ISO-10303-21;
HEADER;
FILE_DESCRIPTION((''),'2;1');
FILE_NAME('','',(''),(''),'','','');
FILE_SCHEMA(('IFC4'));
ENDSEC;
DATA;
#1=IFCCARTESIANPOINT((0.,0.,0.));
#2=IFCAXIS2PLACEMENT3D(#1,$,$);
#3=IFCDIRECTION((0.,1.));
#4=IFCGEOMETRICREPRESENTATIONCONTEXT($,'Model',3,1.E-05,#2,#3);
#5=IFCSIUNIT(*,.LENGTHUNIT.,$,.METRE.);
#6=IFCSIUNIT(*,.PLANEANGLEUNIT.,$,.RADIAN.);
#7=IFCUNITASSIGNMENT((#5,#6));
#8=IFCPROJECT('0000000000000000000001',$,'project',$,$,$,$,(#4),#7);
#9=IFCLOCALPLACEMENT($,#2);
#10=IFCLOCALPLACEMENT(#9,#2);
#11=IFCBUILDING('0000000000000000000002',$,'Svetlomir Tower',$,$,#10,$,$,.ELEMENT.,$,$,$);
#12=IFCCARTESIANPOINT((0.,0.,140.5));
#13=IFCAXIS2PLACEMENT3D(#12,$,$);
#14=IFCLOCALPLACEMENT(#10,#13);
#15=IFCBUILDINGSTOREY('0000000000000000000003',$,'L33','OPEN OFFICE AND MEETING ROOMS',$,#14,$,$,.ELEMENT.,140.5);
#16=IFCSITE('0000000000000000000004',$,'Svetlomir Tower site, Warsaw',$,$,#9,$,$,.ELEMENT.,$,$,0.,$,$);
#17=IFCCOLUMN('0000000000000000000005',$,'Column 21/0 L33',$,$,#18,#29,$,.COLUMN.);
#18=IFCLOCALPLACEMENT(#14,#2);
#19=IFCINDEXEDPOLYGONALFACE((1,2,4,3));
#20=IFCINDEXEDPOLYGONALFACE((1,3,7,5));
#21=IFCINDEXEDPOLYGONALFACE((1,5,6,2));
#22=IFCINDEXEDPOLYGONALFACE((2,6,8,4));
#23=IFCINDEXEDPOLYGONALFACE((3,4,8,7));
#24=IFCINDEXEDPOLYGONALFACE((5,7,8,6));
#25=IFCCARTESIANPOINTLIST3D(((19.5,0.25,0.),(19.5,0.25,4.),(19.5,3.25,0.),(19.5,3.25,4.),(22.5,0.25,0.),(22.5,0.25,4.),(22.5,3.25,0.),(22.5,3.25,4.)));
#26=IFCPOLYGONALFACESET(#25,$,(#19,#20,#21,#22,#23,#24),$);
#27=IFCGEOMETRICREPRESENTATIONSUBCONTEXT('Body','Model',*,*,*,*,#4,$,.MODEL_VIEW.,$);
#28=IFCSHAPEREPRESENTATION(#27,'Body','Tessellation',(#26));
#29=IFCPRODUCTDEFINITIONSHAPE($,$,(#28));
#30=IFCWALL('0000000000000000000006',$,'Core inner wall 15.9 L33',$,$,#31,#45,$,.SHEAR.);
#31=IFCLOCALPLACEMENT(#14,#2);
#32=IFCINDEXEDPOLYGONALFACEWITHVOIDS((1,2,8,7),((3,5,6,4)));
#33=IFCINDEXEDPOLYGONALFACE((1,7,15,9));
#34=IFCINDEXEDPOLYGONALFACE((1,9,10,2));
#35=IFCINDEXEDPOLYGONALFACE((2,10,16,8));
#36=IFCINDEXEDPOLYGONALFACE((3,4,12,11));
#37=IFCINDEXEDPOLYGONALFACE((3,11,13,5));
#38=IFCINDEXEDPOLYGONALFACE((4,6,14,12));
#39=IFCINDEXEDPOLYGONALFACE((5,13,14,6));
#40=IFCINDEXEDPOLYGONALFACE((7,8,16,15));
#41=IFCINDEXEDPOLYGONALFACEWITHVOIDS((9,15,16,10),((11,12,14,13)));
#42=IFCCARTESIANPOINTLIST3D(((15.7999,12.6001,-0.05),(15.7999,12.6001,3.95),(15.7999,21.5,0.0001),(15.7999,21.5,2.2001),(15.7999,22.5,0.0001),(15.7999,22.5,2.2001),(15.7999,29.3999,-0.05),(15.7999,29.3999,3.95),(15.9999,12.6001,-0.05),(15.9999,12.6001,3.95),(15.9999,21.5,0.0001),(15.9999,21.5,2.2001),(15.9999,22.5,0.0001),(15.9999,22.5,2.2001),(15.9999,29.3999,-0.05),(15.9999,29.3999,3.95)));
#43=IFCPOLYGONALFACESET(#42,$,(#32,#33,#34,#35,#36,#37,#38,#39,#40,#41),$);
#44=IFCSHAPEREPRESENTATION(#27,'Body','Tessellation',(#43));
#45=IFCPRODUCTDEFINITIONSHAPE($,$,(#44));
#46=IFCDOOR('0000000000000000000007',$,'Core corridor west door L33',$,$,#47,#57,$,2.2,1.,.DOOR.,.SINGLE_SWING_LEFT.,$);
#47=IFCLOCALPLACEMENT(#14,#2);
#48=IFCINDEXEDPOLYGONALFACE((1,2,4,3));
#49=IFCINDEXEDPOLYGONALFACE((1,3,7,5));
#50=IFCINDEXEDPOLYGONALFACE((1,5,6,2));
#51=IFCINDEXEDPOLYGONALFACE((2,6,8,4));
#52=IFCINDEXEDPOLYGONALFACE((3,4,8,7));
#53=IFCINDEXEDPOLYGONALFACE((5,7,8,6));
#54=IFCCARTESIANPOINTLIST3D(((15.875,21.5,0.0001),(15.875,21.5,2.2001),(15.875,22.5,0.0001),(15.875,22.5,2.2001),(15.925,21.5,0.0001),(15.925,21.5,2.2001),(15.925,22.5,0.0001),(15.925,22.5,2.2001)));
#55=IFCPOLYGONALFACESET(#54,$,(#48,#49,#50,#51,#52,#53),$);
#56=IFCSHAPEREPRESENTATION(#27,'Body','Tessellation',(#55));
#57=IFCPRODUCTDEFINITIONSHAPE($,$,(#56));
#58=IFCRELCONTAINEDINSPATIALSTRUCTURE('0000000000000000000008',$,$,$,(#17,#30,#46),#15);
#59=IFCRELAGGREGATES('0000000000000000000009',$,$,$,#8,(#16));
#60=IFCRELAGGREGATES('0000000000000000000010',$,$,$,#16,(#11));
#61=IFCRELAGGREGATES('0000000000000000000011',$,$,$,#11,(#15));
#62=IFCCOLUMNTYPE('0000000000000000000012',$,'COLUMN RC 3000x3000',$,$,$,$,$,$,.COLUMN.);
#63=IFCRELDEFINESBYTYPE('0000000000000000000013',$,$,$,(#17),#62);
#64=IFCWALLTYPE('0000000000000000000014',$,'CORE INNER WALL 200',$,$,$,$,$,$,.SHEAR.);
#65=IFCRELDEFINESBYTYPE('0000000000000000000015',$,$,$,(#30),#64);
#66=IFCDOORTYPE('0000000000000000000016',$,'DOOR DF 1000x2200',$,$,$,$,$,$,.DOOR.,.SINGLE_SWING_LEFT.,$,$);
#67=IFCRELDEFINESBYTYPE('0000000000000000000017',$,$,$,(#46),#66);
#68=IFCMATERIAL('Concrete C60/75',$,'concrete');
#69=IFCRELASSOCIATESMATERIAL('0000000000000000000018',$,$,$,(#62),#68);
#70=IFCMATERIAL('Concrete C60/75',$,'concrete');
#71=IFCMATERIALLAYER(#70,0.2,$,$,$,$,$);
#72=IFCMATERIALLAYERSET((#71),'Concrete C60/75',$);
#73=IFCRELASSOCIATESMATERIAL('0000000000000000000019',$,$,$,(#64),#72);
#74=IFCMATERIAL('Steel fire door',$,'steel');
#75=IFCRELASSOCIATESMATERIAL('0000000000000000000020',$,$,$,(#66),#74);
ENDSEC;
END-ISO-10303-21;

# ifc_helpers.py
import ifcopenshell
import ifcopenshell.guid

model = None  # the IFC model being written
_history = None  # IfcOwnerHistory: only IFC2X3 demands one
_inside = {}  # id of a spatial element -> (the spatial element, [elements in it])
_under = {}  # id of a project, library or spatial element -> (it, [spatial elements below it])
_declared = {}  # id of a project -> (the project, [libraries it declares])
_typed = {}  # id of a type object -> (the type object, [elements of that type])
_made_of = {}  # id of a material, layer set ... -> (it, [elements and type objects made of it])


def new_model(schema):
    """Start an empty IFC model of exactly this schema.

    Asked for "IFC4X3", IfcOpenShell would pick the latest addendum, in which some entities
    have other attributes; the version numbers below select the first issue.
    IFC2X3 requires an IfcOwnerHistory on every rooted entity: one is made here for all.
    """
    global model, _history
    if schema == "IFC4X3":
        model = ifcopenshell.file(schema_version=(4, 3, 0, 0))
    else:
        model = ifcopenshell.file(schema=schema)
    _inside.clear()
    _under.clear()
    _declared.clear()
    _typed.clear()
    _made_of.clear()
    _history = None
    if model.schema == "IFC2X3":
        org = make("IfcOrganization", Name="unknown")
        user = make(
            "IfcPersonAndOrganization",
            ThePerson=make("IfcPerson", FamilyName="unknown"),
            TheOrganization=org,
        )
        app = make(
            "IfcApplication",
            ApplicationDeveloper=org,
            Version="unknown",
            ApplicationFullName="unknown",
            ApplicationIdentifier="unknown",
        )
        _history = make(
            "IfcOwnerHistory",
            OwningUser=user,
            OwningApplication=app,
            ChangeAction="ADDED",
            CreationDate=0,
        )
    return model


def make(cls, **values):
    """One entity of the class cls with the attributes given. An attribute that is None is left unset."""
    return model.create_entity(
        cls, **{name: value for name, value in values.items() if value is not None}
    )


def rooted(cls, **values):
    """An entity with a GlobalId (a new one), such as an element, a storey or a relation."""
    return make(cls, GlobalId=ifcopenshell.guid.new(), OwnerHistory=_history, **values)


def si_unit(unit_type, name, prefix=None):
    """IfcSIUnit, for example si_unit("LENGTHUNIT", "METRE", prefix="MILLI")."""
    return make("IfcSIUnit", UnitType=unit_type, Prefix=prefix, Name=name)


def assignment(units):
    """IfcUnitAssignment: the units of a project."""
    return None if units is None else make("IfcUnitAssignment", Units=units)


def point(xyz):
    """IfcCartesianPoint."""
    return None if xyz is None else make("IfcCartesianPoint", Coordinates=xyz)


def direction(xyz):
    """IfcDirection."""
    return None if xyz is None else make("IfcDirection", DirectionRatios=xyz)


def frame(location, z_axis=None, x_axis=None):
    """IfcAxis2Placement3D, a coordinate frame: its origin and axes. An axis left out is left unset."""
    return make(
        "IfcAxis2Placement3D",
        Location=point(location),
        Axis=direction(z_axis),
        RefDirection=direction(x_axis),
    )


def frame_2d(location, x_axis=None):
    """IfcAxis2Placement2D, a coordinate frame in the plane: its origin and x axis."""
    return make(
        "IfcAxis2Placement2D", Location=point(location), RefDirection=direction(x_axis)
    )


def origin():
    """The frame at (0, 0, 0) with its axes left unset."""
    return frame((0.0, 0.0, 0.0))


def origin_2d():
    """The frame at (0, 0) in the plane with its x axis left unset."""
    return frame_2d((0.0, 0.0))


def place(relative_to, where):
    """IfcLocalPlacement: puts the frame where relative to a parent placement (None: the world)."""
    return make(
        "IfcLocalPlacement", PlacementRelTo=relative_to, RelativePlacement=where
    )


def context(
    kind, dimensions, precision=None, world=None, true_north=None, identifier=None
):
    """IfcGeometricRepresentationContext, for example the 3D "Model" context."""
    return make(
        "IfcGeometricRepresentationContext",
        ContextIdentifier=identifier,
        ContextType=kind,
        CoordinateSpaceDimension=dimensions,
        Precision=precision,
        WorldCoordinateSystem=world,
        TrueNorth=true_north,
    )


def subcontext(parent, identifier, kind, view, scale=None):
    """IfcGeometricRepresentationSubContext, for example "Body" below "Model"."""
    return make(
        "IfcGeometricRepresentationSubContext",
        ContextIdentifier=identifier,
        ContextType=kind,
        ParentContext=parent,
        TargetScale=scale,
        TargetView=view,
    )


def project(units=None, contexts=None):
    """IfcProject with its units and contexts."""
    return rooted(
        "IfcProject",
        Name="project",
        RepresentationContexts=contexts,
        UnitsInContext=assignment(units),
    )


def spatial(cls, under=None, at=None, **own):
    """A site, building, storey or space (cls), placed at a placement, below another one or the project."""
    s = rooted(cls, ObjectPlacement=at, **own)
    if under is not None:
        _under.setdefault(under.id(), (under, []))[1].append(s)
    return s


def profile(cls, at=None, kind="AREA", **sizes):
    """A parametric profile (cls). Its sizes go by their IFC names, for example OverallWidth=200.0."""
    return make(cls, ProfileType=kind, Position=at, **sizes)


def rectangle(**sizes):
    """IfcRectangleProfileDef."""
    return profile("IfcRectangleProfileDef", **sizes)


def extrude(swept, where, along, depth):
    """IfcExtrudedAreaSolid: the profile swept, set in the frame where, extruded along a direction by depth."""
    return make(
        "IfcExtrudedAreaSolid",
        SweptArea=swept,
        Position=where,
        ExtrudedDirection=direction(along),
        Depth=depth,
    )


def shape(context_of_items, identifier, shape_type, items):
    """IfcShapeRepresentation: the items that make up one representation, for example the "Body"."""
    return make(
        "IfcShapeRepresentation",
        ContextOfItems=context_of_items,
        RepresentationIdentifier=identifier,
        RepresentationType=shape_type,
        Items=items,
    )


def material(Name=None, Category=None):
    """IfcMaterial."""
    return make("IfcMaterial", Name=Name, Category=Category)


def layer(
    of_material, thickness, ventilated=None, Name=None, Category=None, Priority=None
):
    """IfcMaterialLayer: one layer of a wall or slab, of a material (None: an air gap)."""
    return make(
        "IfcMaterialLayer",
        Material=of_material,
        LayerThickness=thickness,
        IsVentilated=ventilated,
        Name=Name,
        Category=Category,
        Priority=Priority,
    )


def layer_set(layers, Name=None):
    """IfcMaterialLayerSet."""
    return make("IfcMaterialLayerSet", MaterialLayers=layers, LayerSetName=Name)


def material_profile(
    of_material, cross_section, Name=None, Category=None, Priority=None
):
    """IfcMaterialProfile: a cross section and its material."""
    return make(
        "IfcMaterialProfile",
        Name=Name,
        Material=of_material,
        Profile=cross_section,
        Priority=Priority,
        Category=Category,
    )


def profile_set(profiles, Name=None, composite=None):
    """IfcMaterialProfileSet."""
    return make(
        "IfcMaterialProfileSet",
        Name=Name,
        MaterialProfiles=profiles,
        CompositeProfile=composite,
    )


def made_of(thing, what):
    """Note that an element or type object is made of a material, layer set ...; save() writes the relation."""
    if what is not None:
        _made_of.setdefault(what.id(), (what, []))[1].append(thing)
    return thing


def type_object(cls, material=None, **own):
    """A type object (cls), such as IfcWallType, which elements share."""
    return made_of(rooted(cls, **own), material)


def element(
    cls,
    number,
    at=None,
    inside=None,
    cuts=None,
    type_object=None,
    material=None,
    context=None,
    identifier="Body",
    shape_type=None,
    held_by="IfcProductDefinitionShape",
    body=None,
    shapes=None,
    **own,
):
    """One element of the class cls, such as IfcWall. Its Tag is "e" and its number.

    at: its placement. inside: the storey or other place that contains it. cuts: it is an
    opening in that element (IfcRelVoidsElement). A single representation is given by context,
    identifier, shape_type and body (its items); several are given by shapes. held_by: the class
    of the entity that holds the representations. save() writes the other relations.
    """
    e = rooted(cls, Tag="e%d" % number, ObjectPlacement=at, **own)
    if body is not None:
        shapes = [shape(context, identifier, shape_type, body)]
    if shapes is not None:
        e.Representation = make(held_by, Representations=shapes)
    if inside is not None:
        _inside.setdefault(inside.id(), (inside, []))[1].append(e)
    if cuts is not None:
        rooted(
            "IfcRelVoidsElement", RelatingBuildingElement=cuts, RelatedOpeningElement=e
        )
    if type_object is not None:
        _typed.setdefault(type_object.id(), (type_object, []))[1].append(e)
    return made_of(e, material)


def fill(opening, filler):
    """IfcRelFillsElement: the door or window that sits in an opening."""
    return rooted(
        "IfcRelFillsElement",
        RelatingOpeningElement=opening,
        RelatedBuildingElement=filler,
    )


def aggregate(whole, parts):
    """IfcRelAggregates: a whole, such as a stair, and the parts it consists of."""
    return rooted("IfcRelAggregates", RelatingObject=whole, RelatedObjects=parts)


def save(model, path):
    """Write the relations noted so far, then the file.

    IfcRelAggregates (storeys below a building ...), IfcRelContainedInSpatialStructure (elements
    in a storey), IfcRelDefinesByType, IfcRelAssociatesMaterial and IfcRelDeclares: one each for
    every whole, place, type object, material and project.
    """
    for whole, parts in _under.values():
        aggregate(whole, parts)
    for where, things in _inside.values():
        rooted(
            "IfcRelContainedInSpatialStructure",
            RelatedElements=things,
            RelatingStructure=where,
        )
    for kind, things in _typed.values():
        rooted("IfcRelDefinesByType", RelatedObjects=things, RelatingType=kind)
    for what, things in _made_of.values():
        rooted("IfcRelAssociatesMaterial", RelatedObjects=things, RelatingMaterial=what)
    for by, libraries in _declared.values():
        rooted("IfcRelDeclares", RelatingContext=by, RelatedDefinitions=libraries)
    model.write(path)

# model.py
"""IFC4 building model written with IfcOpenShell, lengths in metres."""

from ifc_helpers import new_model, si_unit, direction, frame, frame_2d, origin, origin_2d, place, context, subcontext, project, spatial, rectangle, extrude, material, layer, layer_set, material_profile, profile_set, type_object, element, fill, save


model = new_model("IFC4")

# Units and contexts
model_context = context("Model", 3, precision=1e-05, world=origin(), true_north=direction((0.0, 1.0)))
body_context = subcontext(model_context, "Body", "Model", "MODEL_VIEW")
ifc_project = project(units=[si_unit("LENGTHUNIT", "METRE"), si_unit("PLANEANGLEUNIT", "RADIAN")], contexts=[model_context])

# Site, building, storey
site_placement = place(None, origin())
site = spatial("IfcSite", under=ifc_project, at=site_placement, Name="Svetlomir Tower site, Warsaw", CompositionType="ELEMENT", RefElevation=0.0)
building_placement = place(site_placement, origin())
building = spatial("IfcBuilding", under=site, at=building_placement, Name="Svetlomir Tower", CompositionType="ELEMENT")
storey_placement = place(building_placement, frame((0.0, 0.0, 140.5)))
storey = spatial("IfcBuildingStorey", under=building, at=storey_placement, Name="L33", Description="OPEN OFFICE AND MEETING ROOMS", CompositionType="ELEMENT", Elevation=140.5)

# Column
ifc_material_1 = material(Name="Concrete C60/75", Category="concrete")
ifc_material_profile = material_profile(ifc_material_1, rectangle(XDim=3.0, YDim=3.0, at=origin_2d()), Name="RC 3000x3000")
ifc_profile_set = profile_set([ifc_material_profile], Name="Concrete C60/75")
column_type = type_object("IfcColumnType", Name="COLUMN RC 3000x3000", PredefinedType="COLUMN", material=ifc_profile_set)
column_placement = place(storey_placement, frame((21.0, 1.75, 0.0), z_axis=(0.0, 0.0, 1.0), x_axis=(1.0, 0.0, 0.0)))
element("IfcColumn", 1, at=column_placement, inside=storey, type_object=column_type, Name="Column 21/0 L33", PredefinedType="COLUMN", context=body_context, shape_type="SweptSolid", body=[
    extrude(rectangle(XDim=3.0, YDim=3.0, at=origin_2d()), origin(), (0.0, 0.0, 1.0), 4.0),
])

# Wall, opening, door
ifc_material_2 = material(Name="Concrete C60/75", Category="concrete")
ifc_layer_1 = layer(ifc_material_2, 0.2)
ifc_layer_set_1 = layer_set([ifc_layer_1], Name="Concrete C60/75")
wall_type_1 = type_object("IfcWallType", Name="CORE INNER WALL 200", PredefinedType="SHEAR", material=ifc_layer_set_1)
wall_1_placement = place(storey_placement, frame((15.8999, 12.6001, -0.05), z_axis=(0.0, 0.0, 1.0), x_axis=(0.0, 1.0, 0.0)))
wall_1 = element("IfcWall", 2, at=wall_1_placement, inside=storey, type_object=wall_type_1, Name="Core inner wall 15.9 L33", PredefinedType="SHEAR", context=body_context, shape_type="SweptSolid", body=[
    extrude(rectangle(XDim=16.7998, YDim=0.2, at=frame_2d((8.3999, 0.0))), origin(), (0.0, 0.0, 1.0), 4.0),
])
opening_1_placement = place(wall_1_placement, frame((8.8999, 0.0, 0.05)))
opening_1 = element("IfcOpeningElement", 3, at=opening_1_placement, cuts=wall_1, PredefinedType="OPENING", context=body_context, shape_type="SweptSolid", body=[
    extrude(rectangle(XDim=1.0, YDim=2.2, at=frame_2d((0.5, 1.1001))), frame((0.0, 0.1099, 0.0), z_axis=(0.0, -1.0, 0.0), x_axis=(1.0, 0.0, 0.0)), (0.0, 0.0, 1.0), 0.22),
])
ifc_material_3 = material(Name="Steel fire door", Category="steel")
door_type_1 = type_object("IfcDoorType", Name="DOOR DF 1000x2200", OperationType="SINGLE_SWING_LEFT", PredefinedType="DOOR", material=ifc_material_3)
door_1_placement = place(opening_1_placement, origin())
door_1 = element("IfcDoor", 4, at=door_1_placement, inside=storey, type_object=door_type_1, Name="Core corridor west door L33", OperationType="SINGLE_SWING_LEFT", OverallHeight=2.2, OverallWidth=1.0, PredefinedType="DOOR", context=body_context, shape_type="SweptSolid", body=[
    extrude(rectangle(XDim=1.0, YDim=2.2, at=frame_2d((0.5, 1.1001))), frame((0.0, 0.0249, 0.0), z_axis=(0.0, -1.0, 0.0), x_axis=(1.0, 0.0, 0.0)), (0.0, 0.0, 1.0), 0.05),
])
fill(opening_1, door_1)

save(model, "model.ifc")
